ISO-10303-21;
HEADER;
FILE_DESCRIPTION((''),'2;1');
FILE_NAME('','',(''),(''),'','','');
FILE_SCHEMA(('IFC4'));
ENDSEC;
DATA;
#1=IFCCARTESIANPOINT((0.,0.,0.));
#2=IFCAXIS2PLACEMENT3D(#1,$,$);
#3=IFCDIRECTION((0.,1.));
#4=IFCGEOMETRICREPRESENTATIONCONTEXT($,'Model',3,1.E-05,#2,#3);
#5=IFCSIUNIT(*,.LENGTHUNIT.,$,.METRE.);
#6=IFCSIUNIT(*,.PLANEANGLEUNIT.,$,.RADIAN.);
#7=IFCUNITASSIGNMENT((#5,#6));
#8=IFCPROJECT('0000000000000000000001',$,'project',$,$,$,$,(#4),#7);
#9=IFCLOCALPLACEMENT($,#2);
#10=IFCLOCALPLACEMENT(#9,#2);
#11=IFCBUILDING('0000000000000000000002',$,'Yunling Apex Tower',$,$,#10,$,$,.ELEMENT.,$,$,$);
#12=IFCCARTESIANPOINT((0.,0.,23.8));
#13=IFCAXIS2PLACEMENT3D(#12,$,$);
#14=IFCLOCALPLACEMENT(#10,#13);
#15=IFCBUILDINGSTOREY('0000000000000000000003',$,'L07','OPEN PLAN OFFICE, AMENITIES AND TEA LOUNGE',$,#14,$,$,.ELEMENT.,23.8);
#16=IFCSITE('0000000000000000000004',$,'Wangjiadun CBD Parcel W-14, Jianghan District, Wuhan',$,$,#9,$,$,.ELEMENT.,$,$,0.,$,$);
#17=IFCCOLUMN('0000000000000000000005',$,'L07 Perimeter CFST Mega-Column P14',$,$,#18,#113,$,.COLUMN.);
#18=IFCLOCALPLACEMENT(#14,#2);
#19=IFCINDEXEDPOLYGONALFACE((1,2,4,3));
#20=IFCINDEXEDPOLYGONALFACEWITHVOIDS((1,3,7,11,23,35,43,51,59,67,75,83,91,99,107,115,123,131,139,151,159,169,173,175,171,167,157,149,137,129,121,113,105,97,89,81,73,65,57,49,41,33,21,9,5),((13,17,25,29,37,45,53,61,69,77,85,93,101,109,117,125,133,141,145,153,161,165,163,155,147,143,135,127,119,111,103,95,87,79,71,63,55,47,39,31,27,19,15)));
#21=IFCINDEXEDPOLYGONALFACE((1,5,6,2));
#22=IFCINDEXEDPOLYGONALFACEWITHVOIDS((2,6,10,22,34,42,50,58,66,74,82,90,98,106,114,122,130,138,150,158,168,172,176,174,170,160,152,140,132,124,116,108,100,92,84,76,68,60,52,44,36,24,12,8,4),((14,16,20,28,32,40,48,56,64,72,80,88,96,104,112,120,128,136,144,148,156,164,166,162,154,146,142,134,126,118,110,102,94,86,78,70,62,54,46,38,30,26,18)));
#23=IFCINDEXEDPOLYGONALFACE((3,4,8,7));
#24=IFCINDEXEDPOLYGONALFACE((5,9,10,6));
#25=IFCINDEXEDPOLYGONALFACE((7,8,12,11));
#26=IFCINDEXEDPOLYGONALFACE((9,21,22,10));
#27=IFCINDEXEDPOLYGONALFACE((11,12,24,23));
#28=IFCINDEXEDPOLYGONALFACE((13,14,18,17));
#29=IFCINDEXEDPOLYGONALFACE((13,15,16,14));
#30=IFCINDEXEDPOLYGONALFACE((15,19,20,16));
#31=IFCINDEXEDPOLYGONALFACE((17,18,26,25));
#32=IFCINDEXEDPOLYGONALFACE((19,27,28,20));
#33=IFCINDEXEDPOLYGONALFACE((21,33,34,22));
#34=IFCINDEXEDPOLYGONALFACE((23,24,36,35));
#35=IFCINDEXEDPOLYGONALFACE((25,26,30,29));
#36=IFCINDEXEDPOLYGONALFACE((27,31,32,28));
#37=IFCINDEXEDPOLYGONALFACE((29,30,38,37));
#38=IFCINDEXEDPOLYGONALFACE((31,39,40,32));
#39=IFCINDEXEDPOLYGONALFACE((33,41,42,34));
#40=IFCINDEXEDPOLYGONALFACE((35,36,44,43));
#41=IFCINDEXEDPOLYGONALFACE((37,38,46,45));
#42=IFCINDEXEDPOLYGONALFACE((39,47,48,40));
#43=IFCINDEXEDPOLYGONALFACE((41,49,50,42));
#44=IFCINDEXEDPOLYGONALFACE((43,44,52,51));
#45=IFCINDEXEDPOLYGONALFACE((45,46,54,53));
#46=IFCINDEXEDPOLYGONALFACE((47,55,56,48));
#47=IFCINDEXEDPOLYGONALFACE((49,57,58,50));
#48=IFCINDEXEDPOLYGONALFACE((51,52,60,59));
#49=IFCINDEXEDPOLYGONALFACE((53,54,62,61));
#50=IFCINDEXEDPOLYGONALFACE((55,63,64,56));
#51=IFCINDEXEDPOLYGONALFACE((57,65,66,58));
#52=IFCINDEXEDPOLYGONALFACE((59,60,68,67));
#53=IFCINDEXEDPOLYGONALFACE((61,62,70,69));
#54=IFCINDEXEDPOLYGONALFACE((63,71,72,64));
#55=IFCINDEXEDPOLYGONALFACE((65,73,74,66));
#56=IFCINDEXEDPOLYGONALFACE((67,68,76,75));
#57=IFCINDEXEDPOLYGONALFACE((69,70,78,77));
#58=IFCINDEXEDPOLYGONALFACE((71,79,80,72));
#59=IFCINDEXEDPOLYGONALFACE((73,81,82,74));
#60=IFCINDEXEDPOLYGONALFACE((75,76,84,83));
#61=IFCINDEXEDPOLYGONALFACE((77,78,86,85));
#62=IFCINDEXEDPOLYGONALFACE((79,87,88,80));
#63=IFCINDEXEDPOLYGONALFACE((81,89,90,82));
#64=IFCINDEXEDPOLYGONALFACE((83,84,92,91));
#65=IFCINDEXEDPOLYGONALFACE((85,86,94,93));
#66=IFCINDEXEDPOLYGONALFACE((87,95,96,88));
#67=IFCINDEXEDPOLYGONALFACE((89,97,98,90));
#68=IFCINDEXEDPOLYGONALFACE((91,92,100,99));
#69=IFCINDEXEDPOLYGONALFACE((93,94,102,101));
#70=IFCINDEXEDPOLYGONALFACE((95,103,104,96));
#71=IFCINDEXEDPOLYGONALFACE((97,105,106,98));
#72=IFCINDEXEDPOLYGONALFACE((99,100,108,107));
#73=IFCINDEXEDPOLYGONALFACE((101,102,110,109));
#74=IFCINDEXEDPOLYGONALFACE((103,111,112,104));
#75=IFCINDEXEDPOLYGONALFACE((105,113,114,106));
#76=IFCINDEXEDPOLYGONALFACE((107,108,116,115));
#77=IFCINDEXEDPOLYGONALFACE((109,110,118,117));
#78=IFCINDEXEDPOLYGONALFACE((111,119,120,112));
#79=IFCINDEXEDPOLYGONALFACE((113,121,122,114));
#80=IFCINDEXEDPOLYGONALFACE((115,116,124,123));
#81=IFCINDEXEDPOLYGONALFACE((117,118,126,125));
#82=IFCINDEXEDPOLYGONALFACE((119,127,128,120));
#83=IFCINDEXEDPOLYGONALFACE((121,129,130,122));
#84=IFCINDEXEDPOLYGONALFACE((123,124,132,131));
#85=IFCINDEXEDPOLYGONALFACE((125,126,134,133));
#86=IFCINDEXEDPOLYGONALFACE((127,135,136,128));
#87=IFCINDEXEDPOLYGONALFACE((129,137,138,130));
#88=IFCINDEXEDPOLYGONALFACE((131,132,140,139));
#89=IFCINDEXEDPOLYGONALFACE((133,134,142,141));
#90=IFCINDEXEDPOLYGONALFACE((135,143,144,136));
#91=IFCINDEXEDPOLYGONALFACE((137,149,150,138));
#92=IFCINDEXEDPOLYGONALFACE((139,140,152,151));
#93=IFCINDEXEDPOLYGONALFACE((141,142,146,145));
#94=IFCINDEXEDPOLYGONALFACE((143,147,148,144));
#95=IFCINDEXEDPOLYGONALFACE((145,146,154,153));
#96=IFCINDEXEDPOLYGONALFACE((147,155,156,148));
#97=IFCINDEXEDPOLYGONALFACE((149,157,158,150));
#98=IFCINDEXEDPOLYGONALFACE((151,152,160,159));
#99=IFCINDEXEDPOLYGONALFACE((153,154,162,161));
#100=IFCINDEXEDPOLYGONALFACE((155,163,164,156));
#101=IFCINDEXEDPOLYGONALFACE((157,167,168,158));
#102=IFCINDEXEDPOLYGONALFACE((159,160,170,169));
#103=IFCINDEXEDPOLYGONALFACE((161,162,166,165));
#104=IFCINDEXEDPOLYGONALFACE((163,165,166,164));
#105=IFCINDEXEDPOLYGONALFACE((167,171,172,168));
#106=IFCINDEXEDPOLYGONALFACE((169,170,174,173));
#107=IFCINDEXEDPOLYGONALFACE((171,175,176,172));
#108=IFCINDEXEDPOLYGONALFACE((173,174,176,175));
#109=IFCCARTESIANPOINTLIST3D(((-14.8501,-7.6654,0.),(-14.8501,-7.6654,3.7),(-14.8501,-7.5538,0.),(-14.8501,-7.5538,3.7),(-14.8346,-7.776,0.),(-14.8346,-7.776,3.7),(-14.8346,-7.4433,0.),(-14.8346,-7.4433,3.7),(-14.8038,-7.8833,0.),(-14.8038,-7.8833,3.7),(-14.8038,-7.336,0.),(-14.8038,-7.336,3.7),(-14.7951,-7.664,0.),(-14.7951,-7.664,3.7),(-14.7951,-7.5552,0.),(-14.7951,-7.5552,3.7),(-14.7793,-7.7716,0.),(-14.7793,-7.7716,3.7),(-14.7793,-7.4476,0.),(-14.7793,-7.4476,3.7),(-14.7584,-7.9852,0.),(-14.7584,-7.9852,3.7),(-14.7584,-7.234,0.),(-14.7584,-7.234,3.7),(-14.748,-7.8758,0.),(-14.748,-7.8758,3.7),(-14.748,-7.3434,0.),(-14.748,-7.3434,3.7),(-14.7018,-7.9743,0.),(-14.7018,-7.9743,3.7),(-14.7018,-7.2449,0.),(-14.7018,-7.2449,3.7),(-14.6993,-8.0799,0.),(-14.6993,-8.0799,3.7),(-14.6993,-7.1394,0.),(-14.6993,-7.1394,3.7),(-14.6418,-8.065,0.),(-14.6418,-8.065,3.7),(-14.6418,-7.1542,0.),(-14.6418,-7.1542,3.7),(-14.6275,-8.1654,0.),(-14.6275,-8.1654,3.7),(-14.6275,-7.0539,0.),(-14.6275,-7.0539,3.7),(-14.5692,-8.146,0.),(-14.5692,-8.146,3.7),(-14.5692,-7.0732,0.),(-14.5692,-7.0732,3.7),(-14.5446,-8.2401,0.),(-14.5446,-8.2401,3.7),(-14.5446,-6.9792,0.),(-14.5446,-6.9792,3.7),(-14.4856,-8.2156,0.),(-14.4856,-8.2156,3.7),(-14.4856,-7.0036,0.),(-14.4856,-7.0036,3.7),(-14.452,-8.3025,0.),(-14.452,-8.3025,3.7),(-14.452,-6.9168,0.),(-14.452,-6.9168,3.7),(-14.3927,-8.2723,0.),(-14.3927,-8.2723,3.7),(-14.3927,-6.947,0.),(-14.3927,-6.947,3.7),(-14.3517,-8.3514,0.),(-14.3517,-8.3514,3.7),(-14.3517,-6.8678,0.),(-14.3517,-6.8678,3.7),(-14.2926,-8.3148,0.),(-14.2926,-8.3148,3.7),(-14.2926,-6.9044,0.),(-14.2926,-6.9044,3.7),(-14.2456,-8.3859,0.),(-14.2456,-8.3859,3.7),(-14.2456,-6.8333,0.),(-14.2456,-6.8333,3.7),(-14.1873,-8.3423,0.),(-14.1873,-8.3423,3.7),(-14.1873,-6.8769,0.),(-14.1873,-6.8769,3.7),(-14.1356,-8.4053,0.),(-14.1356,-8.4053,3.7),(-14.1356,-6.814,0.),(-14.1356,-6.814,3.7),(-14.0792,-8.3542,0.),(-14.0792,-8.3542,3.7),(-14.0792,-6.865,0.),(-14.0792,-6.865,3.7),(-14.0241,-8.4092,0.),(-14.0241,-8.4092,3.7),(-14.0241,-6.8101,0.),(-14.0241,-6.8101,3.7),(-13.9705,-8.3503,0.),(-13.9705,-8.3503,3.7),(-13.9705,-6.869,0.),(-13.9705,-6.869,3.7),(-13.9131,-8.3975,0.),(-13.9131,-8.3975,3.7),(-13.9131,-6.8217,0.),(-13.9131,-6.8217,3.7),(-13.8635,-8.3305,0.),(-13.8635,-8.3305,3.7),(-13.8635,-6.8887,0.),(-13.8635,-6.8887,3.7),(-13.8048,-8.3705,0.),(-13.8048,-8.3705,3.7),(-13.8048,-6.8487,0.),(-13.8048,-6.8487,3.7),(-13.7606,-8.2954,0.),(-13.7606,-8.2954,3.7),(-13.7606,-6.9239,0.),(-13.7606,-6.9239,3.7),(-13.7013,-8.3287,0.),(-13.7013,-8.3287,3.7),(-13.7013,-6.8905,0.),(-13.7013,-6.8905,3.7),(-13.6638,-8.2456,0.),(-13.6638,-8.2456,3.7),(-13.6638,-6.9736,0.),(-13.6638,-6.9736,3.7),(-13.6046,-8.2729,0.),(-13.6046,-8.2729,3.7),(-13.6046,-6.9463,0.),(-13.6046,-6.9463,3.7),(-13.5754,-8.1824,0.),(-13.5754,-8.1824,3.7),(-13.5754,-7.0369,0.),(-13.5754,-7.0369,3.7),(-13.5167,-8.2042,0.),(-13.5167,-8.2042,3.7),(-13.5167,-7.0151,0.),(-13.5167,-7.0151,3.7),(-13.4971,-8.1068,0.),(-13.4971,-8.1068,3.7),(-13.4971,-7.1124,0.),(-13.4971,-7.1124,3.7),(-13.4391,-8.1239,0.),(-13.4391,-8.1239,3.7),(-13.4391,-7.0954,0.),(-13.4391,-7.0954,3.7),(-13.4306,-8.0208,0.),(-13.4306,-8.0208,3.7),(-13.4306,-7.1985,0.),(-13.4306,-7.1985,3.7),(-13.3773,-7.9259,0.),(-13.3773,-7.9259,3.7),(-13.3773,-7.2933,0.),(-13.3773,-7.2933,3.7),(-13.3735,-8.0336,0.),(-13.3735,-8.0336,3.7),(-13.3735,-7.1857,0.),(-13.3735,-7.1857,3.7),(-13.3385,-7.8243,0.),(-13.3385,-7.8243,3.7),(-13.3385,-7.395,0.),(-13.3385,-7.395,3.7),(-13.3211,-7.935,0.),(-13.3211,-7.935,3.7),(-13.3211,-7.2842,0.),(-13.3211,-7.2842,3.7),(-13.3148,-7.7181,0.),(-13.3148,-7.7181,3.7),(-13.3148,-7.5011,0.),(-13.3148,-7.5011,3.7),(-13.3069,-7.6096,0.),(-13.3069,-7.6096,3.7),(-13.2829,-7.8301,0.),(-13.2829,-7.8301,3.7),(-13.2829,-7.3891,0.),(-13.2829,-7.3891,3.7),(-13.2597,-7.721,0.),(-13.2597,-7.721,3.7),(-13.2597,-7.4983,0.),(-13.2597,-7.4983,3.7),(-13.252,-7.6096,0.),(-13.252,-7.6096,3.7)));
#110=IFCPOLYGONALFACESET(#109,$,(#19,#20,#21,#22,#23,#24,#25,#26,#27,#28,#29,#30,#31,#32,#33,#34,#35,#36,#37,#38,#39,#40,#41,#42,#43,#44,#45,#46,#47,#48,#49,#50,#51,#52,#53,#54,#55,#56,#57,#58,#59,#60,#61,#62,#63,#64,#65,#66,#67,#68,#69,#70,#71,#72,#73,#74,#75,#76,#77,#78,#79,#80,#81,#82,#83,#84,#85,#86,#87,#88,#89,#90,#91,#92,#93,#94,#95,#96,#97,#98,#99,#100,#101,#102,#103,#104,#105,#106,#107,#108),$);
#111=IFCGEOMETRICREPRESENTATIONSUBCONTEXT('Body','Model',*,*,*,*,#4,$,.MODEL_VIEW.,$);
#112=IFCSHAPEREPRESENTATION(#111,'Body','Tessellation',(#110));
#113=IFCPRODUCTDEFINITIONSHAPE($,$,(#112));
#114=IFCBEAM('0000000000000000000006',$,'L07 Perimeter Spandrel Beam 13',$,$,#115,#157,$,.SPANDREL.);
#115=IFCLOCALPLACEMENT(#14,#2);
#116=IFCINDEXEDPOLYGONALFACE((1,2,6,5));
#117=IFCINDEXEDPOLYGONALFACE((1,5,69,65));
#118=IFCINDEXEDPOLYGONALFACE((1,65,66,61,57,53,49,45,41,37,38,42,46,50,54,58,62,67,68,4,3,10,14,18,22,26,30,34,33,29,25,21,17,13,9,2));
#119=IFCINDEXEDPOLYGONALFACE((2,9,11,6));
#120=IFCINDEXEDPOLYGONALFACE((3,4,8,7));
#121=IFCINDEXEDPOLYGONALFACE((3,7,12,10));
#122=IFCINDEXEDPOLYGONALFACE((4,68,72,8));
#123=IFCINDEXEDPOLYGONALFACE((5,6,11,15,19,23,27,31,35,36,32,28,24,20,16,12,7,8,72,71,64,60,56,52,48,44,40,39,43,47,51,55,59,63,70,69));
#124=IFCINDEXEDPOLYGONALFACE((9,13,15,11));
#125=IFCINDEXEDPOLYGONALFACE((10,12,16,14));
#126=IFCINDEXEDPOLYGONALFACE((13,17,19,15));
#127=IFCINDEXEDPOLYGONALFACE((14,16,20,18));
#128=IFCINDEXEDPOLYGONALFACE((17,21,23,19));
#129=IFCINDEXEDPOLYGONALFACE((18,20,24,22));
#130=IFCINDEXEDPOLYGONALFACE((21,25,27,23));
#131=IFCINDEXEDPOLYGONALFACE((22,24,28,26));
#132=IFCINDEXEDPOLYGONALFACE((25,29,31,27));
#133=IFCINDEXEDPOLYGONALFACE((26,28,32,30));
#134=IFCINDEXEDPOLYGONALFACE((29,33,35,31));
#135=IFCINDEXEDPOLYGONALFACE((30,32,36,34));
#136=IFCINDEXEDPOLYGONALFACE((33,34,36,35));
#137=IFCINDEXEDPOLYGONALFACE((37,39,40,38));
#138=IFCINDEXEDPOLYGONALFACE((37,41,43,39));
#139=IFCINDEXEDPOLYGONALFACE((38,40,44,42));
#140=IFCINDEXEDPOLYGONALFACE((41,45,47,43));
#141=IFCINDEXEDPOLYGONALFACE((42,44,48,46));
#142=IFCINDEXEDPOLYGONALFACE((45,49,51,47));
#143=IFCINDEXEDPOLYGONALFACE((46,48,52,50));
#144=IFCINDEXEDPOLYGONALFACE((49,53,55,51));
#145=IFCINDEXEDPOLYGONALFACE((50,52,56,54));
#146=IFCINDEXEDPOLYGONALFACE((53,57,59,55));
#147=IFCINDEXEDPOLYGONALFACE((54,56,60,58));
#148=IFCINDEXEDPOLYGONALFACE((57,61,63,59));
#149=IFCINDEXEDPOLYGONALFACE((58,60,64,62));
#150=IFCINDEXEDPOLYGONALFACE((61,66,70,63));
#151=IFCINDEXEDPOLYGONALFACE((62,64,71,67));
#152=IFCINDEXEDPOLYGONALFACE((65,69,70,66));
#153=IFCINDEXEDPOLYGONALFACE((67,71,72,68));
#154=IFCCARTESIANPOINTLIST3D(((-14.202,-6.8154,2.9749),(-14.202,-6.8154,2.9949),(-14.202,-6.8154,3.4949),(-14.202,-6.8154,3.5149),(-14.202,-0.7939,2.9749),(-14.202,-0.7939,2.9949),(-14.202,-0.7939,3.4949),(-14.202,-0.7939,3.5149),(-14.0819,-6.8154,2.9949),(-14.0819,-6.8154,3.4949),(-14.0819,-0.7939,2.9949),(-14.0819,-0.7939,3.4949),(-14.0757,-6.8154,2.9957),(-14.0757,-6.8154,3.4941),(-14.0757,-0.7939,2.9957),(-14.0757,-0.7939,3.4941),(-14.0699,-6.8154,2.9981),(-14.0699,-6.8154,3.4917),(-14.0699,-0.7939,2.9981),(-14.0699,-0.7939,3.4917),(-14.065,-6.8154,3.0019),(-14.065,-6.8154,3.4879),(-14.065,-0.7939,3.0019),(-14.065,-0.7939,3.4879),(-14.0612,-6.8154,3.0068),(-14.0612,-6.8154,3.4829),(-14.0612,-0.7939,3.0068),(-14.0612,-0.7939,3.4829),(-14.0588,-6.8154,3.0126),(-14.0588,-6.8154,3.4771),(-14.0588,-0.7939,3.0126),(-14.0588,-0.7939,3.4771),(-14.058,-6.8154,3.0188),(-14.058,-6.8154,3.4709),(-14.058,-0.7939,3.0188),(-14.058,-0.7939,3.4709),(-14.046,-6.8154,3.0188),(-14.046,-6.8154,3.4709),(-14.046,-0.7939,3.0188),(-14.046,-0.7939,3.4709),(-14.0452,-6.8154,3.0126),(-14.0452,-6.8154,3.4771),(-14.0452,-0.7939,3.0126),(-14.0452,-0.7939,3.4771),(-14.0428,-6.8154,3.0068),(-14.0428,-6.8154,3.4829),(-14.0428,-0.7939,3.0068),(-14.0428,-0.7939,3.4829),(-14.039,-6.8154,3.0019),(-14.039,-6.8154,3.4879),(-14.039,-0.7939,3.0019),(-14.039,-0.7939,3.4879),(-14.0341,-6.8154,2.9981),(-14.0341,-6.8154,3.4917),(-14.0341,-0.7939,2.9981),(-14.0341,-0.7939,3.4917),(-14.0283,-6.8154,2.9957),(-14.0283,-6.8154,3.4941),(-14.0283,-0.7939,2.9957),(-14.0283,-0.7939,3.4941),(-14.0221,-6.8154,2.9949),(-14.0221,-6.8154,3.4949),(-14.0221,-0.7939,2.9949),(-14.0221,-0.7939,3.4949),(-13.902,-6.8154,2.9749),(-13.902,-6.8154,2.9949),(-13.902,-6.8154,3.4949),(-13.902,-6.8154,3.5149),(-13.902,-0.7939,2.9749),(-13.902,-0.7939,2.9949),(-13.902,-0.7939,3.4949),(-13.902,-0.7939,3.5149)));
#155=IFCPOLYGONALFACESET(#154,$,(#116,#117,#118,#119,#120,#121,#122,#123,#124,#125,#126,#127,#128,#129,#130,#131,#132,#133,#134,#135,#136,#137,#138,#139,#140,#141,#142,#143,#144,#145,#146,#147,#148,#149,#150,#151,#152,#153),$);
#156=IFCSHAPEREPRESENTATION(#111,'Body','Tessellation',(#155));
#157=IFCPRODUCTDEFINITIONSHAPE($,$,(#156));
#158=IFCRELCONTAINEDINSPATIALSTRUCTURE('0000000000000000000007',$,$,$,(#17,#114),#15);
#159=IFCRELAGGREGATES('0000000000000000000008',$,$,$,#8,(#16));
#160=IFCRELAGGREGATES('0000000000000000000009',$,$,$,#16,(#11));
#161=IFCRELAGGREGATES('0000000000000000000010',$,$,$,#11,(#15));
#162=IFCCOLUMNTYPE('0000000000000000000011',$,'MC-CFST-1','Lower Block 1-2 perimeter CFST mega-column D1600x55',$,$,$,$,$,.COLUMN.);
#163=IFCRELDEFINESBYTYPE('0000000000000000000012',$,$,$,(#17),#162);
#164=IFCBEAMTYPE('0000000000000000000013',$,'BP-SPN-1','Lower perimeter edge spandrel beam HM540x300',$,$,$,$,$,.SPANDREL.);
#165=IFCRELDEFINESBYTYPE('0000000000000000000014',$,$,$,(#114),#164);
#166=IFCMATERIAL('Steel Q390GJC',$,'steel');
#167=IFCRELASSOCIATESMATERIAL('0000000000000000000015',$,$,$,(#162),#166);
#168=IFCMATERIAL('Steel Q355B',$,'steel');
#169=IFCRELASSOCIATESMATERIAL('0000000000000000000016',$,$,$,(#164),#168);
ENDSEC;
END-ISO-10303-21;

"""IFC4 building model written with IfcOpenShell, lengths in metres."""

from ifc_helpers import new_model, si_unit, direction, frame, origin, origin_2d, place, context, subcontext, project, spatial, hollow_circle, i_section, extrude, source, transform, mapped, material, material_profile, profile_set, type_object, element, save


model = new_model("IFC4")

# Units and contexts
model_context = context("Model", 3, precision=1e-05, world=origin(), true_north=direction((0.0, 1.0)))
body_context = subcontext(model_context, "Body", "Model", "MODEL_VIEW")
ifc_project = project(units=[si_unit("LENGTHUNIT", "METRE"), si_unit("PLANEANGLEUNIT", "RADIAN")], contexts=[model_context])

# Site, building, storey
site_placement = place(None, origin())
site = spatial("IfcSite", under=ifc_project, at=site_placement, Name="Wangjiadun CBD Parcel W-14, Jianghan District, Wuhan", CompositionType="ELEMENT", RefElevation=0.0)
building_placement = place(site_placement, origin())
building = spatial("IfcBuilding", under=site, at=building_placement, Name="Yunling Apex Tower", CompositionType="ELEMENT")
storey_placement = place(building_placement, frame((0.0, 0.0, 23.8)))
storey = spatial("IfcBuildingStorey", under=building, at=storey_placement, Name="L07", Description="OPEN PLAN OFFICE, AMENITIES AND TEA LOUNGE", CompositionType="ELEMENT", Elevation=23.8)

# Column
ifc_material_1 = material(Name="Steel Q390GJC", Category="steel")
ifc_material_profile_1 = material_profile(ifc_material_1, hollow_circle(Radius=0.8, WallThickness=0.0549, at=origin_2d()))
ifc_profile_set_1 = profile_set([ifc_material_profile_1], Name="Steel Q390GJC")
column_type = type_object("IfcColumnType", Name="MC-CFST-1", Description="Lower Block 1-2 perimeter CFST mega-column D1600x55", PredefinedType="COLUMN", material=ifc_profile_set_1)
shared_shape_1 = source(origin(), body_context, "Body", "SweptSolid", [
    extrude(hollow_circle(Radius=0.8, WallThickness=0.0549, at=origin_2d()), origin(), (0.0, 0.0, 1.0), 3.7),
])
column_placement = place(storey_placement, frame((-14.052, -7.6096, 0.0), z_axis=(0.0, 0.0, 1.0), x_axis=(1.0, 0.0, 0.0)))
element("IfcColumn", 1, at=column_placement, inside=storey, type_object=column_type, Name="L07 Perimeter CFST Mega-Column P14", PredefinedType="COLUMN", context=body_context, shape_type="MappedRepresentation", body=[
    mapped(shared_shape_1, transform((0.0, 0.0, 0.0), scale=1.0)),
])

# Beam
ifc_material_2 = material(Name="Steel Q355B", Category="steel")
ifc_material_profile_2 = material_profile(ifc_material_2, i_section(OverallWidth=0.3, OverallDepth=0.54, WebThickness=0.012, FlangeThickness=0.02, FilletRadius=0.0239, at=origin_2d()))
ifc_profile_set_2 = profile_set([ifc_material_profile_2], Name="Steel Q355B")
beam_type_1 = type_object("IfcBeamType", Name="BP-SPN-1", Description="Lower perimeter edge spandrel beam HM540x300", PredefinedType="SPANDREL", material=ifc_profile_set_2)
shared_shape_2 = source(origin(), body_context, "Body", "SweptSolid", [
    extrude(i_section(OverallWidth=0.3, OverallDepth=0.54, WebThickness=0.012, FlangeThickness=0.02, FilletRadius=0.0239, at=origin_2d()), origin(), (0.0, 0.0, 1.0), 6.0215),
])
beam_1_placement = place(storey_placement, frame((-14.052, -0.7939, 3.2449), z_axis=(0.0, -1.0, 0.0), x_axis=(1.0, 0.0, 0.0)))
element("IfcBeam", 2, at=beam_1_placement, inside=storey, type_object=beam_type_1, Name="L07 Perimeter Spandrel Beam 13", PredefinedType="SPANDREL", context=body_context, shape_type="MappedRepresentation", body=[
    mapped(shared_shape_2, transform((0.0, 0.0, 0.0), scale=1.0)),
])

save(model, "model.ifc")
